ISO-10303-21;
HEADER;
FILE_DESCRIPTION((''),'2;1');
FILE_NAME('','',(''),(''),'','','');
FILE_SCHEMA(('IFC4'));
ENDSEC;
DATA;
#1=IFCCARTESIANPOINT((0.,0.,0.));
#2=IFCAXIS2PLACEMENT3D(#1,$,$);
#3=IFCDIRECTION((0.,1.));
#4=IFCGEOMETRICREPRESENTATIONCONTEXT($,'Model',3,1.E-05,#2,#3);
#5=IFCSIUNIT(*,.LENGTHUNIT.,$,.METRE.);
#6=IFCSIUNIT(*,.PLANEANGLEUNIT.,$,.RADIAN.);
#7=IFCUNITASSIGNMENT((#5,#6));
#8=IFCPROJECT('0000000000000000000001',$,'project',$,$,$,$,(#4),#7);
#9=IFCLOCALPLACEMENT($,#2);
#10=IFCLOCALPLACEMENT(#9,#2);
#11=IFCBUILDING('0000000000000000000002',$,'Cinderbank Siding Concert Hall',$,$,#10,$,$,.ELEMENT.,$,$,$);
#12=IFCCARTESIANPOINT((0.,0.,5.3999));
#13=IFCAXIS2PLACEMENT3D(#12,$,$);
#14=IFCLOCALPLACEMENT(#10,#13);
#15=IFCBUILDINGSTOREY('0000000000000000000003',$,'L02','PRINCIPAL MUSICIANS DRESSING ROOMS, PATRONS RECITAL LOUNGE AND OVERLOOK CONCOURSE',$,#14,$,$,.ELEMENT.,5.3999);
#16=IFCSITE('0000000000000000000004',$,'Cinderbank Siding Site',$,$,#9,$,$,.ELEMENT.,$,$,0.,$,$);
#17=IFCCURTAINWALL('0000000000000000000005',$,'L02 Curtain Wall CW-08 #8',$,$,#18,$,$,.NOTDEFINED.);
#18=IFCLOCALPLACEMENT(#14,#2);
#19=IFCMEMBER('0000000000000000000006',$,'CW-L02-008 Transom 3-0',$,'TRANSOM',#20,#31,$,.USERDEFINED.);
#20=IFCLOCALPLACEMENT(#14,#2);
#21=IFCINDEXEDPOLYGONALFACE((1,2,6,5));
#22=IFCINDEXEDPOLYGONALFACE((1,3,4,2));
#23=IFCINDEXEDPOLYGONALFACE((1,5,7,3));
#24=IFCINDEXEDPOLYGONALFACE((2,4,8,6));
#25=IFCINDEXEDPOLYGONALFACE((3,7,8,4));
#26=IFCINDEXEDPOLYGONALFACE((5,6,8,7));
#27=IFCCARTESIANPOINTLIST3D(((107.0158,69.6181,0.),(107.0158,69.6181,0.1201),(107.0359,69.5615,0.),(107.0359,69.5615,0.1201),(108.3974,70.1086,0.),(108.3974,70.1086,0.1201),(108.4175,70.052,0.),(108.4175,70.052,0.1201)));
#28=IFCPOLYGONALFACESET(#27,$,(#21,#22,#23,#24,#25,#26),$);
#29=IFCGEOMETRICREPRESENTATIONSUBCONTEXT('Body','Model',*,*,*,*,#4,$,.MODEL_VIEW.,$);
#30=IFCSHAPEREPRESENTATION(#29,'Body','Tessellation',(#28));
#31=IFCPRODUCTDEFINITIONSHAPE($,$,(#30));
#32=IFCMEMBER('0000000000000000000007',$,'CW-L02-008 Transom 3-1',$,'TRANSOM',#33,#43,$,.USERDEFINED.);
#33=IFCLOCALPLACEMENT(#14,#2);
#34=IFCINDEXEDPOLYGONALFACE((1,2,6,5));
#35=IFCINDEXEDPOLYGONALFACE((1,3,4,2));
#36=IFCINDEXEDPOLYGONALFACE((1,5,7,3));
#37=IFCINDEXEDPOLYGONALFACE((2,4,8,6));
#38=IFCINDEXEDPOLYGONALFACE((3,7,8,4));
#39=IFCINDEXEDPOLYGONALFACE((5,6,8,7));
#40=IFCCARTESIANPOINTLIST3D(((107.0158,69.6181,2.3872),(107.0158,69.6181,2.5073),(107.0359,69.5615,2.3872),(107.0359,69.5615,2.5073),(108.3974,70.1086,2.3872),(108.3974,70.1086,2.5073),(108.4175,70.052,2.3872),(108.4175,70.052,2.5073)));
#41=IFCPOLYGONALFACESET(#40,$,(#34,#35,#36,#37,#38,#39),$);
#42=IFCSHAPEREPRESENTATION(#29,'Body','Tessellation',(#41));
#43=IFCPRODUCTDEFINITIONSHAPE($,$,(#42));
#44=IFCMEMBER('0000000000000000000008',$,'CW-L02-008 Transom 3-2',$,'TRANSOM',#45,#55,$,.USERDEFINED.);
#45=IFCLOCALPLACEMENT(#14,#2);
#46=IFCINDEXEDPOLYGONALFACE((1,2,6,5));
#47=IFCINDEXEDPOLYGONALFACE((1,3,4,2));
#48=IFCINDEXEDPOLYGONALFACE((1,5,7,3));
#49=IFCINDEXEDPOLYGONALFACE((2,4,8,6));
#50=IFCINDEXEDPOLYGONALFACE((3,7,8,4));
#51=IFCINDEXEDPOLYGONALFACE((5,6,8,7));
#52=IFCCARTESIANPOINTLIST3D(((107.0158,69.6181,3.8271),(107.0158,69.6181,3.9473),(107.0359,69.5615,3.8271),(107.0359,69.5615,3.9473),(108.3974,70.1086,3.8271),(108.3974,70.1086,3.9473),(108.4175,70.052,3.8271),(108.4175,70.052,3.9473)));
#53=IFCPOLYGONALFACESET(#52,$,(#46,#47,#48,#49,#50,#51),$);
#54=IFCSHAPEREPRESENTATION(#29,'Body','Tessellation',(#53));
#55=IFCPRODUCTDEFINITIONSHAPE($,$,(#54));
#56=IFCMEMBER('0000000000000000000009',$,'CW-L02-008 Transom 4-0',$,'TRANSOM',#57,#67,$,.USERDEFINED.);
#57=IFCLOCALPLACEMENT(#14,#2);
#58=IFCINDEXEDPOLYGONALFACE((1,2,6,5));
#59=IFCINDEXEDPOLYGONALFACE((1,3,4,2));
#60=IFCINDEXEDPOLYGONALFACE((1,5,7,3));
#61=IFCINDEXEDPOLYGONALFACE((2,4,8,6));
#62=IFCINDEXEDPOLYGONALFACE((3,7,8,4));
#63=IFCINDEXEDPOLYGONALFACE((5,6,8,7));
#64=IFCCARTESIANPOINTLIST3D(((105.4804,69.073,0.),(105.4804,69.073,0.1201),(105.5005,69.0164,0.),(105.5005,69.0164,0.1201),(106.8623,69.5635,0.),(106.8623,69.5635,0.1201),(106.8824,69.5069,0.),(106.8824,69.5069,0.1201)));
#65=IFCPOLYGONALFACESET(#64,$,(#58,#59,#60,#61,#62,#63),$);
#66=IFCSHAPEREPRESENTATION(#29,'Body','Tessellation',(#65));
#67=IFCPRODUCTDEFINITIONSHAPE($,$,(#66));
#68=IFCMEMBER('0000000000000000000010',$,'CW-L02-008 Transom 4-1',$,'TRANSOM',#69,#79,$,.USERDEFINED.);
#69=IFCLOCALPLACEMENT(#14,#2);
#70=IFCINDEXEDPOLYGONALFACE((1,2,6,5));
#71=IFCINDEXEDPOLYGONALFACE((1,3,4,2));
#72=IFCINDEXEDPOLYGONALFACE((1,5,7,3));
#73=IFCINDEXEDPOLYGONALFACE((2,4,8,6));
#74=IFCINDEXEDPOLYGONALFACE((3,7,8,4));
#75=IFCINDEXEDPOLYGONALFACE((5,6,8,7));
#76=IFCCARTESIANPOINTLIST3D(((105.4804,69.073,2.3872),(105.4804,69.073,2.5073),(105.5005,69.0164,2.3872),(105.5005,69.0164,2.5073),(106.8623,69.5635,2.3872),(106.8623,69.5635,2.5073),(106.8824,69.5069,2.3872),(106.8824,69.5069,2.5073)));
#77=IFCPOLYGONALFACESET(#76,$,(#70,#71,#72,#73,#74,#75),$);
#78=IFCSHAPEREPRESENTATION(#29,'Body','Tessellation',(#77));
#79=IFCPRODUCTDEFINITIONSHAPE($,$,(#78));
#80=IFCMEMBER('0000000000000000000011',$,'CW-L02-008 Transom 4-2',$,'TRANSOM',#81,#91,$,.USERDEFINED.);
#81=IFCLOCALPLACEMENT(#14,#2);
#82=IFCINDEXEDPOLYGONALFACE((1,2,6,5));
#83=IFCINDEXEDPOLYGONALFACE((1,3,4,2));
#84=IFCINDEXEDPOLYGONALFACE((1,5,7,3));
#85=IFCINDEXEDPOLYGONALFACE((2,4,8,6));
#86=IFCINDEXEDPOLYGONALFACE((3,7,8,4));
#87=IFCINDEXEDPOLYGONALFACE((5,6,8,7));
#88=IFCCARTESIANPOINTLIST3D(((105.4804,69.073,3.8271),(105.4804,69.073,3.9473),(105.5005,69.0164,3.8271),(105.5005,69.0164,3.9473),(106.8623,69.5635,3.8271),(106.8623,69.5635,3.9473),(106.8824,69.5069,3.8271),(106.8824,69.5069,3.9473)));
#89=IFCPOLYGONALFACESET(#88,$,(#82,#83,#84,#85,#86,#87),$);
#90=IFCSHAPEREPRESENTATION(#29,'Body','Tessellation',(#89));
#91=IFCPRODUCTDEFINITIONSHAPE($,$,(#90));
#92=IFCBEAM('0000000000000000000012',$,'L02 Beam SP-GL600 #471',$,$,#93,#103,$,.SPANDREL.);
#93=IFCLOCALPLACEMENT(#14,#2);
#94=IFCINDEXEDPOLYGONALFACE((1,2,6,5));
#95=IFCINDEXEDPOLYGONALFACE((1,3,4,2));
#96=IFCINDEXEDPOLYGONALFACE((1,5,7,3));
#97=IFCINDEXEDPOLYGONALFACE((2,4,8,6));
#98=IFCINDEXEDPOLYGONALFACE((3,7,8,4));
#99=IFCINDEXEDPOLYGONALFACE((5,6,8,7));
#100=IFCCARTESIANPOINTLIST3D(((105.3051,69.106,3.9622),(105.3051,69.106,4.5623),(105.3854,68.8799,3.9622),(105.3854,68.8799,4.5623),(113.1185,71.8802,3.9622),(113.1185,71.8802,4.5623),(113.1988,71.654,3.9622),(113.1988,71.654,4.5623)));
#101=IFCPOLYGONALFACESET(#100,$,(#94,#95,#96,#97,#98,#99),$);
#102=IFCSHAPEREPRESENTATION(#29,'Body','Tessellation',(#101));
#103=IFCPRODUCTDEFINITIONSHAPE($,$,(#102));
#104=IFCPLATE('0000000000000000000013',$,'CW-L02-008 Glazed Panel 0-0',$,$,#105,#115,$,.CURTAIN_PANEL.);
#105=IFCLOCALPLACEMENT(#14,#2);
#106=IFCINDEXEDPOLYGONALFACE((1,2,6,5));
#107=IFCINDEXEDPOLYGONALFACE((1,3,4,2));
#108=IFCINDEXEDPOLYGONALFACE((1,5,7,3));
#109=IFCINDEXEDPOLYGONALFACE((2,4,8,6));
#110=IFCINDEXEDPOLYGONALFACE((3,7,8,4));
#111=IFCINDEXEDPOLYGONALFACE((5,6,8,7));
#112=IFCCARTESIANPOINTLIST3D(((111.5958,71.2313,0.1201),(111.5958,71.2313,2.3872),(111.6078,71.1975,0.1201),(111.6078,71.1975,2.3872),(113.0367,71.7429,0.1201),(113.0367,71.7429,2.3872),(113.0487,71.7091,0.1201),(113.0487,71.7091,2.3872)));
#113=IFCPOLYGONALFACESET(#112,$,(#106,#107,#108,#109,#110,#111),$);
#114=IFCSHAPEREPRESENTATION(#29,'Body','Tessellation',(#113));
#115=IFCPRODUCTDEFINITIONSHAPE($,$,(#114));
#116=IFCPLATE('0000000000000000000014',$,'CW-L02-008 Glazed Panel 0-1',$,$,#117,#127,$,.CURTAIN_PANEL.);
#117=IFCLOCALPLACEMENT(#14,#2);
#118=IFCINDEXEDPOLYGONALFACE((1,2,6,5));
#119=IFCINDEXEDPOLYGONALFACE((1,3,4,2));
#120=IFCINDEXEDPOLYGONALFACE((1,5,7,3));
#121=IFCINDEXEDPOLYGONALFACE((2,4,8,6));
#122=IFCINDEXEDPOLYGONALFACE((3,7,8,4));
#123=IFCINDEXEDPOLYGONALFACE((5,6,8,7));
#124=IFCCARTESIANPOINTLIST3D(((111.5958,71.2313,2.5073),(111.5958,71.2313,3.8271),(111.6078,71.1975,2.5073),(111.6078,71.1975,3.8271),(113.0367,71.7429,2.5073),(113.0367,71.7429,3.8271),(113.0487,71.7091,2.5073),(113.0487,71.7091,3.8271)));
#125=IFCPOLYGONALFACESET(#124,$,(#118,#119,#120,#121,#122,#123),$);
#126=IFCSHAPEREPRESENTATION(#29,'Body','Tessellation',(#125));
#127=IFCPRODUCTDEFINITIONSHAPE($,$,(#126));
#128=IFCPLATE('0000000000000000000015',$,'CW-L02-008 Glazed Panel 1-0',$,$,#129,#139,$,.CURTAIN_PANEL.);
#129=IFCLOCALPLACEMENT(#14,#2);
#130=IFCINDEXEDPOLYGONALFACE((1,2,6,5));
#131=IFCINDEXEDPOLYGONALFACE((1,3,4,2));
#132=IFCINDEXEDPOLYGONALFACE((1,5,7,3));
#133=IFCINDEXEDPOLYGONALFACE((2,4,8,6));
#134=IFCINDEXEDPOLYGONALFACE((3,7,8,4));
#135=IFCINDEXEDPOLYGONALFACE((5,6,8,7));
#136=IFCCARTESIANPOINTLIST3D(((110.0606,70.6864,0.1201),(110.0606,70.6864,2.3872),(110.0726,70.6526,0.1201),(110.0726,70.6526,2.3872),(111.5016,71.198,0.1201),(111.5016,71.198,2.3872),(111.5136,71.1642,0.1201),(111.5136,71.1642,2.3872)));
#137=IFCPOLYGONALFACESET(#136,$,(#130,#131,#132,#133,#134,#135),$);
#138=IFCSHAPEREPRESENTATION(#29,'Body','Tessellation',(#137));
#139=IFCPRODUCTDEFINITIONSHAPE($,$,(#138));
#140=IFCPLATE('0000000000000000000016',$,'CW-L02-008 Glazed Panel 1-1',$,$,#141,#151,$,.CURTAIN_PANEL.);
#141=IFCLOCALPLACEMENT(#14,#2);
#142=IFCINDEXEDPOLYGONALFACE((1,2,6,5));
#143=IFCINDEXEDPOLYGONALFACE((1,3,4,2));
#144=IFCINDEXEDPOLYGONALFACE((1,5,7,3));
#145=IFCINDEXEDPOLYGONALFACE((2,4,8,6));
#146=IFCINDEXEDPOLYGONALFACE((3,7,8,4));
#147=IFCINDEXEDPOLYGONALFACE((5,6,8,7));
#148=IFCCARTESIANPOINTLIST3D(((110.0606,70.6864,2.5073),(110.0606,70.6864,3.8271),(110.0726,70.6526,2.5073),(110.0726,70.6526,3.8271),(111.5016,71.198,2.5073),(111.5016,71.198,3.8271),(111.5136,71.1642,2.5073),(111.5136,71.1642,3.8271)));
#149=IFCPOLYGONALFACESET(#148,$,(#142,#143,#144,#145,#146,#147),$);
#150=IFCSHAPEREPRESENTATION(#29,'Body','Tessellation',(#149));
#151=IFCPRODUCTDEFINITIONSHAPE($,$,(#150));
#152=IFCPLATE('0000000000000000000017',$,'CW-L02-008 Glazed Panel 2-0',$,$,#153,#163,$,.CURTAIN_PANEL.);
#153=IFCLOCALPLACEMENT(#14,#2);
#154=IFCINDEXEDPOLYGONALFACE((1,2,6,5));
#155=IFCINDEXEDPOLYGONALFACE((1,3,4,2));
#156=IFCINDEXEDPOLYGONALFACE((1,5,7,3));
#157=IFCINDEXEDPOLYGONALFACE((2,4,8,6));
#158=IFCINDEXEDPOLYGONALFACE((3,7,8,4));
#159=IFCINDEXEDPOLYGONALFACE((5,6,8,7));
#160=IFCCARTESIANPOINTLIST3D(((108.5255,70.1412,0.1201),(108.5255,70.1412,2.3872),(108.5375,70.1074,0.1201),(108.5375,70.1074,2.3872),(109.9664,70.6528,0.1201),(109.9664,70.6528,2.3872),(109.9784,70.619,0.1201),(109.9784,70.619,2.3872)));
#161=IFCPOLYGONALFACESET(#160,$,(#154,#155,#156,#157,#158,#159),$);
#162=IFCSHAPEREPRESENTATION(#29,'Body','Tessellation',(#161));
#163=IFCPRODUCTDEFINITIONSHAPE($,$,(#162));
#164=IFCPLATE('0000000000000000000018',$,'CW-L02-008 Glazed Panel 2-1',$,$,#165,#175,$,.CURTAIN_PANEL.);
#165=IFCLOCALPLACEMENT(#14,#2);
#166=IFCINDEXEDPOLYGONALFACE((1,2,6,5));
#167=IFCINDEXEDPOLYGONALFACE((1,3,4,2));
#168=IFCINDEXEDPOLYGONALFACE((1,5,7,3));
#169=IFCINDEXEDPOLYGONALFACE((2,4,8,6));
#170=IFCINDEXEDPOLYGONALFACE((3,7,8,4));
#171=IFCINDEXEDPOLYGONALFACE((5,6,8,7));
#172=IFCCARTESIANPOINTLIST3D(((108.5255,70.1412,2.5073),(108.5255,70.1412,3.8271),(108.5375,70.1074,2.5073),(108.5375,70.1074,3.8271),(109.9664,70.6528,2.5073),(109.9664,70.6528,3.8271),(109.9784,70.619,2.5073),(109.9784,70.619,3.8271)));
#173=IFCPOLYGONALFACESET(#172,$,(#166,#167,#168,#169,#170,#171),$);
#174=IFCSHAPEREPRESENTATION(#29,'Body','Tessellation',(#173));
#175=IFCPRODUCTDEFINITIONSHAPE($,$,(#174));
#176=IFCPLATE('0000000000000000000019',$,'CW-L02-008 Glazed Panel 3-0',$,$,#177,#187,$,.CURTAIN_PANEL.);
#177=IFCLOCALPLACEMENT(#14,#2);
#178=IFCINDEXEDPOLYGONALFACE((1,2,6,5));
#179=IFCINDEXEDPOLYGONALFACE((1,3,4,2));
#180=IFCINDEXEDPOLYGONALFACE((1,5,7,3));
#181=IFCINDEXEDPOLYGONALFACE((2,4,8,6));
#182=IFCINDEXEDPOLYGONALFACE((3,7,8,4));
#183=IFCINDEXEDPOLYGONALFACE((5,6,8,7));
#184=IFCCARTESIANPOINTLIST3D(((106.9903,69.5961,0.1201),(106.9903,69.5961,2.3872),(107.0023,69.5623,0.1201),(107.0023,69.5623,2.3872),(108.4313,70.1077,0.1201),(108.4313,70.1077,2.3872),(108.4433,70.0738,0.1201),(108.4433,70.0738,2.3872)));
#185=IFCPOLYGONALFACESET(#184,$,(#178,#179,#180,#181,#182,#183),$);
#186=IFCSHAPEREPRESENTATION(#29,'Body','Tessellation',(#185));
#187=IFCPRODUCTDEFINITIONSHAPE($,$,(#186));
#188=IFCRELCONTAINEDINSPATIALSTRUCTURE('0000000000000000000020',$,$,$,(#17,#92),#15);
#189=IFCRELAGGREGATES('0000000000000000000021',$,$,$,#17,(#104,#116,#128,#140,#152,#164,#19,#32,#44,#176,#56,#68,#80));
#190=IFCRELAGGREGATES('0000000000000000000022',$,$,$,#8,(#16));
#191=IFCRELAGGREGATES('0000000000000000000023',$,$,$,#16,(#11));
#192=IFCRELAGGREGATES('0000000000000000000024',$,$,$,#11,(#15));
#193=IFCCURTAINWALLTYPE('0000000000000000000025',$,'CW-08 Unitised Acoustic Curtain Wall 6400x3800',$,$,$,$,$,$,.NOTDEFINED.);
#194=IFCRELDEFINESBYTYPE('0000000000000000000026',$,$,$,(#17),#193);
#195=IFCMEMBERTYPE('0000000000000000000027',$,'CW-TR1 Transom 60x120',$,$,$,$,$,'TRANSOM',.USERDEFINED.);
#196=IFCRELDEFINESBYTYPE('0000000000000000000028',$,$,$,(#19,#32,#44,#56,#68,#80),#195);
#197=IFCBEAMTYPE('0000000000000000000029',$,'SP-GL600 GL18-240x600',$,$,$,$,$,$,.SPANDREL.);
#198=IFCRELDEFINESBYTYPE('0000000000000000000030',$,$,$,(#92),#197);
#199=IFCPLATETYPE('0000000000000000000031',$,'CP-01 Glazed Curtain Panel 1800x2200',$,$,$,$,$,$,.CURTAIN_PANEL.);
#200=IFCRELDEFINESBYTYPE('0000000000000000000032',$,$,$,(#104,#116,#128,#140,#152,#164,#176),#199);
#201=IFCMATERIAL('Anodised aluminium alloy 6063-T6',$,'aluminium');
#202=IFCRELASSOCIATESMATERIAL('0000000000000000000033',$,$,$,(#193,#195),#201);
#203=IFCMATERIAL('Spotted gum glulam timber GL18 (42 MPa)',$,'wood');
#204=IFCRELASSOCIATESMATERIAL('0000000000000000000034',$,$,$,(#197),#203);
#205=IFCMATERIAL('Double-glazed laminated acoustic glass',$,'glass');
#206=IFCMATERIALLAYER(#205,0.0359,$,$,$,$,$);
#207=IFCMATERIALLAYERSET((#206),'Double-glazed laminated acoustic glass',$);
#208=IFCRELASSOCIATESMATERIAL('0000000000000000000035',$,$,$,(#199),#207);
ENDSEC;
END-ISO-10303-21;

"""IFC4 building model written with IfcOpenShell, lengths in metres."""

from ifc_helpers import new_model, si_unit, direction, frame, origin, origin_2d, place, context, subcontext, project, spatial, rectangle, extrude, material, layer, layer_set, material_profile, profile_set, type_object, element, aggregate, save


model = new_model("IFC4")

# Units and contexts
model_context = context("Model", 3, precision=1e-05, world=origin(), true_north=direction((0.0, 1.0)))
body_context = subcontext(model_context, "Body", "Model", "MODEL_VIEW")
ifc_project = project(units=[si_unit("LENGTHUNIT", "METRE"), si_unit("PLANEANGLEUNIT", "RADIAN")], contexts=[model_context])

# Site, building, storey
site_placement = place(None, origin())
site = spatial("IfcSite", under=ifc_project, at=site_placement, Name="Cinderbank Siding Site", CompositionType="ELEMENT", RefElevation=0.0)
building_placement = place(site_placement, origin())
building = spatial("IfcBuilding", under=site, at=building_placement, Name="Cinderbank Siding Concert Hall", CompositionType="ELEMENT")
storey_placement = place(building_placement, frame((0.0, 0.0, 5.3999)))
storey = spatial("IfcBuildingStorey", under=building, at=storey_placement, Name="L02", Description="PRINCIPAL MUSICIANS DRESSING ROOMS, PATRONS RECITAL LOUNGE AND OVERLOOK CONCOURSE", CompositionType="ELEMENT", Elevation=5.3999)

# Curtain wall, members
ifc_material_1 = material(Name="Anodised aluminium alloy 6063-T6", Category="aluminium")
curtain_wall_type = type_object("IfcCurtainWallType", Name="CW-08 Unitised Acoustic Curtain Wall 6400x3800", PredefinedType="NOTDEFINED", material=ifc_material_1)
curtain_wall_placement = place(storey_placement, origin())
curtain_wall = element("IfcCurtainWall", 1, at=curtain_wall_placement, inside=storey, type_object=curtain_wall_type, Name="L02 Curtain Wall CW-08 #8", PredefinedType="NOTDEFINED")
ifc_material_profile_1 = material_profile(ifc_material_1, rectangle(XDim=0.0601, YDim=0.1201, at=origin_2d()), Name="ALU-TRAN-60x120", Category="LoadBearing")
ifc_profile_set_1 = profile_set([ifc_material_profile_1], Name="Anodised aluminium alloy 6063-T6")
member_type_1 = type_object("IfcMemberType", Name="CW-TR1 Transom 60x120", ElementType="TRANSOM", PredefinedType="USERDEFINED", material=ifc_profile_set_1)
member_1_placement = place(storey_placement, frame((108.4075, 70.0803, 0.0601), z_axis=(-0.942377, -0.334553, 0.0), x_axis=(0.334553, -0.942377, 0.0)))
member_1 = element("IfcMember", 2, at=member_1_placement, type_object=member_type_1, Name="CW-L02-008 Transom 3-0", ObjectType="TRANSOM", PredefinedType="USERDEFINED", context=body_context, shape_type="SweptSolid", body=[
    extrude(rectangle(XDim=0.0601, YDim=0.1201, at=origin_2d()), origin(), (0.0, 0.0, 1.0), 1.4661),
])
member_2_placement = place(storey_placement, frame((108.4075, 70.0803, 2.4473), z_axis=(-0.942377, -0.334553, 0.0), x_axis=(0.334553, -0.942377, 0.0)))
member_2 = element("IfcMember", 3, at=member_2_placement, type_object=member_type_1, Name="CW-L02-008 Transom 3-1", ObjectType="TRANSOM", PredefinedType="USERDEFINED", context=body_context, shape_type="SweptSolid", body=[
    extrude(rectangle(XDim=0.0601, YDim=0.1201, at=origin_2d()), origin(), (0.0, 0.0, 1.0), 1.4661),
])
member_3_placement = place(storey_placement, frame((108.4075, 70.0803, 3.8872), z_axis=(-0.942377, -0.334553, 0.0), x_axis=(0.334553, -0.942377, 0.0)))
member_3 = element("IfcMember", 4, at=member_3_placement, type_object=member_type_1, Name="CW-L02-008 Transom 3-2", ObjectType="TRANSOM", PredefinedType="USERDEFINED", context=body_context, shape_type="SweptSolid", body=[
    extrude(rectangle(XDim=0.0601, YDim=0.1201, at=origin_2d()), origin(), (0.0, 0.0, 1.0), 1.4661),
])
member_4_placement = place(storey_placement, frame((106.8723, 69.5352, 0.0601), z_axis=(-0.942396, -0.3345, 0.0), x_axis=(0.3345, -0.942396, 0.0)))
member_4 = element("IfcMember", 5, at=member_4_placement, type_object=member_type_1, Name="CW-L02-008 Transom 4-0", ObjectType="TRANSOM", PredefinedType="USERDEFINED", context=body_context, shape_type="SweptSolid", body=[
    extrude(rectangle(XDim=0.0601, YDim=0.1201, at=origin_2d()), origin(), (0.0, 0.0, 1.0), 1.4663),
])
member_5_placement = place(storey_placement, frame((106.8723, 69.5352, 2.4473), z_axis=(-0.942396, -0.3345, 0.0), x_axis=(0.3345, -0.942396, 0.0)))
member_5 = element("IfcMember", 6, at=member_5_placement, type_object=member_type_1, Name="CW-L02-008 Transom 4-1", ObjectType="TRANSOM", PredefinedType="USERDEFINED", context=body_context, shape_type="SweptSolid", body=[
    extrude(rectangle(XDim=0.0601, YDim=0.1201, at=origin_2d()), origin(), (0.0, 0.0, 1.0), 1.4663),
])
member_6_placement = place(storey_placement, frame((106.8723, 69.5352, 3.8872), z_axis=(-0.942396, -0.3345, 0.0), x_axis=(0.3345, -0.942396, 0.0)))
member_6 = element("IfcMember", 7, at=member_6_placement, type_object=member_type_1, Name="CW-L02-008 Transom 4-2", ObjectType="TRANSOM", PredefinedType="USERDEFINED", context=body_context, shape_type="SweptSolid", body=[
    extrude(rectangle(XDim=0.0601, YDim=0.1201, at=origin_2d()), origin(), (0.0, 0.0, 1.0), 1.4663),
])

# Beam
ifc_material_2 = material(Name="Spotted gum glulam timber GL18 (42 MPa)", Category="wood")
ifc_material_profile_2 = material_profile(ifc_material_2, rectangle(XDim=0.24, YDim=0.6001, at=origin_2d()), Name="GL18-240x600", Category="LoadBearing")
ifc_profile_set_2 = profile_set([ifc_material_profile_2], Name="Spotted gum glulam timber GL18 (42 MPa)")
beam_type = type_object("IfcBeamType", Name="SP-GL600 GL18-240x600", PredefinedType="SPANDREL", material=ifc_profile_set_2)
beam_placement = place(storey_placement, frame((113.1587, 71.7671, 4.2622), z_axis=(-0.942365, -0.334586, 0.0), x_axis=(0.334586, -0.942365, 0.0)))
element("IfcBeam", 8, at=beam_placement, inside=storey, type_object=beam_type, Name="L02 Beam SP-GL600 #471", PredefinedType="SPANDREL", context=body_context, shape_type="SweptSolid", body=[
    extrude(rectangle(XDim=0.24, YDim=0.6001, at=origin_2d()), origin(), (0.0, 0.0, 1.0), 8.2913),
])

# Plates
ifc_material_3 = material(Name="Double-glazed laminated acoustic glass", Category="glass")
ifc_layer_1 = layer(ifc_material_3, 0.0359)
ifc_layer_set_1 = layer_set([ifc_layer_1], Name="Double-glazed laminated acoustic glass")
plate_type = type_object("IfcPlateType", Name="CP-01 Glazed Curtain Panel 1800x2200", PredefinedType="CURTAIN_PANEL", material=ifc_layer_set_1)
plate_1_placement = place(storey_placement, frame((112.3223, 71.4702, 0.1201), z_axis=(0.0, 0.0, 1.0), x_axis=(-0.942366, -0.334585, 0.0)))
plate_1 = element("IfcPlate", 9, at=plate_1_placement, type_object=plate_type, Name="CW-L02-008 Glazed Panel 0-0", PredefinedType="CURTAIN_PANEL", context=body_context, shape_type="SweptSolid", body=[
    extrude(rectangle(XDim=1.5291, YDim=0.0359, at=origin_2d()), origin(), (0.0, 0.0, 1.0), 2.2671),
])
plate_2_placement = place(storey_placement, frame((112.3223, 71.4702, 2.5073), z_axis=(0.0, 0.0, 1.0), x_axis=(-0.942366, -0.334585, 0.0)))
plate_2 = element("IfcPlate", 10, at=plate_2_placement, type_object=plate_type, Name="CW-L02-008 Glazed Panel 0-1", PredefinedType="CURTAIN_PANEL", context=body_context, shape_type="SweptSolid", body=[
    extrude(rectangle(XDim=1.5291, YDim=0.0359, at=origin_2d()), origin(), (0.0, 0.0, 1.0), 1.3198),
])
plate_3_placement = place(storey_placement, frame((110.7871, 70.9253, 0.1201), z_axis=(0.0, 0.0, 1.0), x_axis=(-0.942366, -0.334585, 0.0)))
plate_3 = element("IfcPlate", 11, at=plate_3_placement, type_object=plate_type, Name="CW-L02-008 Glazed Panel 1-0", PredefinedType="CURTAIN_PANEL", context=body_context, shape_type="SweptSolid", body=[
    extrude(rectangle(XDim=1.5291, YDim=0.0359, at=origin_2d()), origin(), (0.0, 0.0, 1.0), 2.2671),
])
plate_4_placement = place(storey_placement, frame((110.7871, 70.9253, 2.5073), z_axis=(0.0, 0.0, 1.0), x_axis=(-0.942366, -0.334585, 0.0)))
plate_4 = element("IfcPlate", 12, at=plate_4_placement, type_object=plate_type, Name="CW-L02-008 Glazed Panel 1-1", PredefinedType="CURTAIN_PANEL", context=body_context, shape_type="SweptSolid", body=[
    extrude(rectangle(XDim=1.5291, YDim=0.0359, at=origin_2d()), origin(), (0.0, 0.0, 1.0), 1.3198),
])
plate_5_placement = place(storey_placement, frame((109.252, 70.3801, 0.1201), z_axis=(0.0, 0.0, 1.0), x_axis=(-0.942366, -0.334585, 0.0)))
plate_5 = element("IfcPlate", 13, at=plate_5_placement, type_object=plate_type, Name="CW-L02-008 Glazed Panel 2-0", PredefinedType="CURTAIN_PANEL", context=body_context, shape_type="SweptSolid", body=[
    extrude(rectangle(XDim=1.5291, YDim=0.0359, at=origin_2d()), origin(), (0.0, 0.0, 1.0), 2.2671),
])
plate_6_placement = place(storey_placement, frame((109.252, 70.3801, 2.5073), z_axis=(0.0, 0.0, 1.0), x_axis=(-0.942366, -0.334585, 0.0)))
plate_6 = element("IfcPlate", 14, at=plate_6_placement, type_object=plate_type, Name="CW-L02-008 Glazed Panel 2-1", PredefinedType="CURTAIN_PANEL", context=body_context, shape_type="SweptSolid", body=[
    extrude(rectangle(XDim=1.5291, YDim=0.0359, at=origin_2d()), origin(), (0.0, 0.0, 1.0), 1.3198),
])
plate_7_placement = place(storey_placement, frame((107.7168, 69.835, 0.1201), z_axis=(0.0, 0.0, 1.0), x_axis=(-0.942366, -0.334585, 0.0)))
plate_7 = element("IfcPlate", 15, at=plate_7_placement, type_object=plate_type, Name="CW-L02-008 Glazed Panel 3-0", PredefinedType="CURTAIN_PANEL", context=body_context, shape_type="SweptSolid", body=[
    extrude(rectangle(XDim=1.5291, YDim=0.0359, at=origin_2d()), origin(), (0.0, 0.0, 1.0), 2.2671),
])
aggregate(curtain_wall, [plate_1, plate_2, plate_3, plate_4, plate_5, plate_6, member_1, member_2, member_3, plate_7, member_4, member_5, member_6])

save(model, "model.ifc")
